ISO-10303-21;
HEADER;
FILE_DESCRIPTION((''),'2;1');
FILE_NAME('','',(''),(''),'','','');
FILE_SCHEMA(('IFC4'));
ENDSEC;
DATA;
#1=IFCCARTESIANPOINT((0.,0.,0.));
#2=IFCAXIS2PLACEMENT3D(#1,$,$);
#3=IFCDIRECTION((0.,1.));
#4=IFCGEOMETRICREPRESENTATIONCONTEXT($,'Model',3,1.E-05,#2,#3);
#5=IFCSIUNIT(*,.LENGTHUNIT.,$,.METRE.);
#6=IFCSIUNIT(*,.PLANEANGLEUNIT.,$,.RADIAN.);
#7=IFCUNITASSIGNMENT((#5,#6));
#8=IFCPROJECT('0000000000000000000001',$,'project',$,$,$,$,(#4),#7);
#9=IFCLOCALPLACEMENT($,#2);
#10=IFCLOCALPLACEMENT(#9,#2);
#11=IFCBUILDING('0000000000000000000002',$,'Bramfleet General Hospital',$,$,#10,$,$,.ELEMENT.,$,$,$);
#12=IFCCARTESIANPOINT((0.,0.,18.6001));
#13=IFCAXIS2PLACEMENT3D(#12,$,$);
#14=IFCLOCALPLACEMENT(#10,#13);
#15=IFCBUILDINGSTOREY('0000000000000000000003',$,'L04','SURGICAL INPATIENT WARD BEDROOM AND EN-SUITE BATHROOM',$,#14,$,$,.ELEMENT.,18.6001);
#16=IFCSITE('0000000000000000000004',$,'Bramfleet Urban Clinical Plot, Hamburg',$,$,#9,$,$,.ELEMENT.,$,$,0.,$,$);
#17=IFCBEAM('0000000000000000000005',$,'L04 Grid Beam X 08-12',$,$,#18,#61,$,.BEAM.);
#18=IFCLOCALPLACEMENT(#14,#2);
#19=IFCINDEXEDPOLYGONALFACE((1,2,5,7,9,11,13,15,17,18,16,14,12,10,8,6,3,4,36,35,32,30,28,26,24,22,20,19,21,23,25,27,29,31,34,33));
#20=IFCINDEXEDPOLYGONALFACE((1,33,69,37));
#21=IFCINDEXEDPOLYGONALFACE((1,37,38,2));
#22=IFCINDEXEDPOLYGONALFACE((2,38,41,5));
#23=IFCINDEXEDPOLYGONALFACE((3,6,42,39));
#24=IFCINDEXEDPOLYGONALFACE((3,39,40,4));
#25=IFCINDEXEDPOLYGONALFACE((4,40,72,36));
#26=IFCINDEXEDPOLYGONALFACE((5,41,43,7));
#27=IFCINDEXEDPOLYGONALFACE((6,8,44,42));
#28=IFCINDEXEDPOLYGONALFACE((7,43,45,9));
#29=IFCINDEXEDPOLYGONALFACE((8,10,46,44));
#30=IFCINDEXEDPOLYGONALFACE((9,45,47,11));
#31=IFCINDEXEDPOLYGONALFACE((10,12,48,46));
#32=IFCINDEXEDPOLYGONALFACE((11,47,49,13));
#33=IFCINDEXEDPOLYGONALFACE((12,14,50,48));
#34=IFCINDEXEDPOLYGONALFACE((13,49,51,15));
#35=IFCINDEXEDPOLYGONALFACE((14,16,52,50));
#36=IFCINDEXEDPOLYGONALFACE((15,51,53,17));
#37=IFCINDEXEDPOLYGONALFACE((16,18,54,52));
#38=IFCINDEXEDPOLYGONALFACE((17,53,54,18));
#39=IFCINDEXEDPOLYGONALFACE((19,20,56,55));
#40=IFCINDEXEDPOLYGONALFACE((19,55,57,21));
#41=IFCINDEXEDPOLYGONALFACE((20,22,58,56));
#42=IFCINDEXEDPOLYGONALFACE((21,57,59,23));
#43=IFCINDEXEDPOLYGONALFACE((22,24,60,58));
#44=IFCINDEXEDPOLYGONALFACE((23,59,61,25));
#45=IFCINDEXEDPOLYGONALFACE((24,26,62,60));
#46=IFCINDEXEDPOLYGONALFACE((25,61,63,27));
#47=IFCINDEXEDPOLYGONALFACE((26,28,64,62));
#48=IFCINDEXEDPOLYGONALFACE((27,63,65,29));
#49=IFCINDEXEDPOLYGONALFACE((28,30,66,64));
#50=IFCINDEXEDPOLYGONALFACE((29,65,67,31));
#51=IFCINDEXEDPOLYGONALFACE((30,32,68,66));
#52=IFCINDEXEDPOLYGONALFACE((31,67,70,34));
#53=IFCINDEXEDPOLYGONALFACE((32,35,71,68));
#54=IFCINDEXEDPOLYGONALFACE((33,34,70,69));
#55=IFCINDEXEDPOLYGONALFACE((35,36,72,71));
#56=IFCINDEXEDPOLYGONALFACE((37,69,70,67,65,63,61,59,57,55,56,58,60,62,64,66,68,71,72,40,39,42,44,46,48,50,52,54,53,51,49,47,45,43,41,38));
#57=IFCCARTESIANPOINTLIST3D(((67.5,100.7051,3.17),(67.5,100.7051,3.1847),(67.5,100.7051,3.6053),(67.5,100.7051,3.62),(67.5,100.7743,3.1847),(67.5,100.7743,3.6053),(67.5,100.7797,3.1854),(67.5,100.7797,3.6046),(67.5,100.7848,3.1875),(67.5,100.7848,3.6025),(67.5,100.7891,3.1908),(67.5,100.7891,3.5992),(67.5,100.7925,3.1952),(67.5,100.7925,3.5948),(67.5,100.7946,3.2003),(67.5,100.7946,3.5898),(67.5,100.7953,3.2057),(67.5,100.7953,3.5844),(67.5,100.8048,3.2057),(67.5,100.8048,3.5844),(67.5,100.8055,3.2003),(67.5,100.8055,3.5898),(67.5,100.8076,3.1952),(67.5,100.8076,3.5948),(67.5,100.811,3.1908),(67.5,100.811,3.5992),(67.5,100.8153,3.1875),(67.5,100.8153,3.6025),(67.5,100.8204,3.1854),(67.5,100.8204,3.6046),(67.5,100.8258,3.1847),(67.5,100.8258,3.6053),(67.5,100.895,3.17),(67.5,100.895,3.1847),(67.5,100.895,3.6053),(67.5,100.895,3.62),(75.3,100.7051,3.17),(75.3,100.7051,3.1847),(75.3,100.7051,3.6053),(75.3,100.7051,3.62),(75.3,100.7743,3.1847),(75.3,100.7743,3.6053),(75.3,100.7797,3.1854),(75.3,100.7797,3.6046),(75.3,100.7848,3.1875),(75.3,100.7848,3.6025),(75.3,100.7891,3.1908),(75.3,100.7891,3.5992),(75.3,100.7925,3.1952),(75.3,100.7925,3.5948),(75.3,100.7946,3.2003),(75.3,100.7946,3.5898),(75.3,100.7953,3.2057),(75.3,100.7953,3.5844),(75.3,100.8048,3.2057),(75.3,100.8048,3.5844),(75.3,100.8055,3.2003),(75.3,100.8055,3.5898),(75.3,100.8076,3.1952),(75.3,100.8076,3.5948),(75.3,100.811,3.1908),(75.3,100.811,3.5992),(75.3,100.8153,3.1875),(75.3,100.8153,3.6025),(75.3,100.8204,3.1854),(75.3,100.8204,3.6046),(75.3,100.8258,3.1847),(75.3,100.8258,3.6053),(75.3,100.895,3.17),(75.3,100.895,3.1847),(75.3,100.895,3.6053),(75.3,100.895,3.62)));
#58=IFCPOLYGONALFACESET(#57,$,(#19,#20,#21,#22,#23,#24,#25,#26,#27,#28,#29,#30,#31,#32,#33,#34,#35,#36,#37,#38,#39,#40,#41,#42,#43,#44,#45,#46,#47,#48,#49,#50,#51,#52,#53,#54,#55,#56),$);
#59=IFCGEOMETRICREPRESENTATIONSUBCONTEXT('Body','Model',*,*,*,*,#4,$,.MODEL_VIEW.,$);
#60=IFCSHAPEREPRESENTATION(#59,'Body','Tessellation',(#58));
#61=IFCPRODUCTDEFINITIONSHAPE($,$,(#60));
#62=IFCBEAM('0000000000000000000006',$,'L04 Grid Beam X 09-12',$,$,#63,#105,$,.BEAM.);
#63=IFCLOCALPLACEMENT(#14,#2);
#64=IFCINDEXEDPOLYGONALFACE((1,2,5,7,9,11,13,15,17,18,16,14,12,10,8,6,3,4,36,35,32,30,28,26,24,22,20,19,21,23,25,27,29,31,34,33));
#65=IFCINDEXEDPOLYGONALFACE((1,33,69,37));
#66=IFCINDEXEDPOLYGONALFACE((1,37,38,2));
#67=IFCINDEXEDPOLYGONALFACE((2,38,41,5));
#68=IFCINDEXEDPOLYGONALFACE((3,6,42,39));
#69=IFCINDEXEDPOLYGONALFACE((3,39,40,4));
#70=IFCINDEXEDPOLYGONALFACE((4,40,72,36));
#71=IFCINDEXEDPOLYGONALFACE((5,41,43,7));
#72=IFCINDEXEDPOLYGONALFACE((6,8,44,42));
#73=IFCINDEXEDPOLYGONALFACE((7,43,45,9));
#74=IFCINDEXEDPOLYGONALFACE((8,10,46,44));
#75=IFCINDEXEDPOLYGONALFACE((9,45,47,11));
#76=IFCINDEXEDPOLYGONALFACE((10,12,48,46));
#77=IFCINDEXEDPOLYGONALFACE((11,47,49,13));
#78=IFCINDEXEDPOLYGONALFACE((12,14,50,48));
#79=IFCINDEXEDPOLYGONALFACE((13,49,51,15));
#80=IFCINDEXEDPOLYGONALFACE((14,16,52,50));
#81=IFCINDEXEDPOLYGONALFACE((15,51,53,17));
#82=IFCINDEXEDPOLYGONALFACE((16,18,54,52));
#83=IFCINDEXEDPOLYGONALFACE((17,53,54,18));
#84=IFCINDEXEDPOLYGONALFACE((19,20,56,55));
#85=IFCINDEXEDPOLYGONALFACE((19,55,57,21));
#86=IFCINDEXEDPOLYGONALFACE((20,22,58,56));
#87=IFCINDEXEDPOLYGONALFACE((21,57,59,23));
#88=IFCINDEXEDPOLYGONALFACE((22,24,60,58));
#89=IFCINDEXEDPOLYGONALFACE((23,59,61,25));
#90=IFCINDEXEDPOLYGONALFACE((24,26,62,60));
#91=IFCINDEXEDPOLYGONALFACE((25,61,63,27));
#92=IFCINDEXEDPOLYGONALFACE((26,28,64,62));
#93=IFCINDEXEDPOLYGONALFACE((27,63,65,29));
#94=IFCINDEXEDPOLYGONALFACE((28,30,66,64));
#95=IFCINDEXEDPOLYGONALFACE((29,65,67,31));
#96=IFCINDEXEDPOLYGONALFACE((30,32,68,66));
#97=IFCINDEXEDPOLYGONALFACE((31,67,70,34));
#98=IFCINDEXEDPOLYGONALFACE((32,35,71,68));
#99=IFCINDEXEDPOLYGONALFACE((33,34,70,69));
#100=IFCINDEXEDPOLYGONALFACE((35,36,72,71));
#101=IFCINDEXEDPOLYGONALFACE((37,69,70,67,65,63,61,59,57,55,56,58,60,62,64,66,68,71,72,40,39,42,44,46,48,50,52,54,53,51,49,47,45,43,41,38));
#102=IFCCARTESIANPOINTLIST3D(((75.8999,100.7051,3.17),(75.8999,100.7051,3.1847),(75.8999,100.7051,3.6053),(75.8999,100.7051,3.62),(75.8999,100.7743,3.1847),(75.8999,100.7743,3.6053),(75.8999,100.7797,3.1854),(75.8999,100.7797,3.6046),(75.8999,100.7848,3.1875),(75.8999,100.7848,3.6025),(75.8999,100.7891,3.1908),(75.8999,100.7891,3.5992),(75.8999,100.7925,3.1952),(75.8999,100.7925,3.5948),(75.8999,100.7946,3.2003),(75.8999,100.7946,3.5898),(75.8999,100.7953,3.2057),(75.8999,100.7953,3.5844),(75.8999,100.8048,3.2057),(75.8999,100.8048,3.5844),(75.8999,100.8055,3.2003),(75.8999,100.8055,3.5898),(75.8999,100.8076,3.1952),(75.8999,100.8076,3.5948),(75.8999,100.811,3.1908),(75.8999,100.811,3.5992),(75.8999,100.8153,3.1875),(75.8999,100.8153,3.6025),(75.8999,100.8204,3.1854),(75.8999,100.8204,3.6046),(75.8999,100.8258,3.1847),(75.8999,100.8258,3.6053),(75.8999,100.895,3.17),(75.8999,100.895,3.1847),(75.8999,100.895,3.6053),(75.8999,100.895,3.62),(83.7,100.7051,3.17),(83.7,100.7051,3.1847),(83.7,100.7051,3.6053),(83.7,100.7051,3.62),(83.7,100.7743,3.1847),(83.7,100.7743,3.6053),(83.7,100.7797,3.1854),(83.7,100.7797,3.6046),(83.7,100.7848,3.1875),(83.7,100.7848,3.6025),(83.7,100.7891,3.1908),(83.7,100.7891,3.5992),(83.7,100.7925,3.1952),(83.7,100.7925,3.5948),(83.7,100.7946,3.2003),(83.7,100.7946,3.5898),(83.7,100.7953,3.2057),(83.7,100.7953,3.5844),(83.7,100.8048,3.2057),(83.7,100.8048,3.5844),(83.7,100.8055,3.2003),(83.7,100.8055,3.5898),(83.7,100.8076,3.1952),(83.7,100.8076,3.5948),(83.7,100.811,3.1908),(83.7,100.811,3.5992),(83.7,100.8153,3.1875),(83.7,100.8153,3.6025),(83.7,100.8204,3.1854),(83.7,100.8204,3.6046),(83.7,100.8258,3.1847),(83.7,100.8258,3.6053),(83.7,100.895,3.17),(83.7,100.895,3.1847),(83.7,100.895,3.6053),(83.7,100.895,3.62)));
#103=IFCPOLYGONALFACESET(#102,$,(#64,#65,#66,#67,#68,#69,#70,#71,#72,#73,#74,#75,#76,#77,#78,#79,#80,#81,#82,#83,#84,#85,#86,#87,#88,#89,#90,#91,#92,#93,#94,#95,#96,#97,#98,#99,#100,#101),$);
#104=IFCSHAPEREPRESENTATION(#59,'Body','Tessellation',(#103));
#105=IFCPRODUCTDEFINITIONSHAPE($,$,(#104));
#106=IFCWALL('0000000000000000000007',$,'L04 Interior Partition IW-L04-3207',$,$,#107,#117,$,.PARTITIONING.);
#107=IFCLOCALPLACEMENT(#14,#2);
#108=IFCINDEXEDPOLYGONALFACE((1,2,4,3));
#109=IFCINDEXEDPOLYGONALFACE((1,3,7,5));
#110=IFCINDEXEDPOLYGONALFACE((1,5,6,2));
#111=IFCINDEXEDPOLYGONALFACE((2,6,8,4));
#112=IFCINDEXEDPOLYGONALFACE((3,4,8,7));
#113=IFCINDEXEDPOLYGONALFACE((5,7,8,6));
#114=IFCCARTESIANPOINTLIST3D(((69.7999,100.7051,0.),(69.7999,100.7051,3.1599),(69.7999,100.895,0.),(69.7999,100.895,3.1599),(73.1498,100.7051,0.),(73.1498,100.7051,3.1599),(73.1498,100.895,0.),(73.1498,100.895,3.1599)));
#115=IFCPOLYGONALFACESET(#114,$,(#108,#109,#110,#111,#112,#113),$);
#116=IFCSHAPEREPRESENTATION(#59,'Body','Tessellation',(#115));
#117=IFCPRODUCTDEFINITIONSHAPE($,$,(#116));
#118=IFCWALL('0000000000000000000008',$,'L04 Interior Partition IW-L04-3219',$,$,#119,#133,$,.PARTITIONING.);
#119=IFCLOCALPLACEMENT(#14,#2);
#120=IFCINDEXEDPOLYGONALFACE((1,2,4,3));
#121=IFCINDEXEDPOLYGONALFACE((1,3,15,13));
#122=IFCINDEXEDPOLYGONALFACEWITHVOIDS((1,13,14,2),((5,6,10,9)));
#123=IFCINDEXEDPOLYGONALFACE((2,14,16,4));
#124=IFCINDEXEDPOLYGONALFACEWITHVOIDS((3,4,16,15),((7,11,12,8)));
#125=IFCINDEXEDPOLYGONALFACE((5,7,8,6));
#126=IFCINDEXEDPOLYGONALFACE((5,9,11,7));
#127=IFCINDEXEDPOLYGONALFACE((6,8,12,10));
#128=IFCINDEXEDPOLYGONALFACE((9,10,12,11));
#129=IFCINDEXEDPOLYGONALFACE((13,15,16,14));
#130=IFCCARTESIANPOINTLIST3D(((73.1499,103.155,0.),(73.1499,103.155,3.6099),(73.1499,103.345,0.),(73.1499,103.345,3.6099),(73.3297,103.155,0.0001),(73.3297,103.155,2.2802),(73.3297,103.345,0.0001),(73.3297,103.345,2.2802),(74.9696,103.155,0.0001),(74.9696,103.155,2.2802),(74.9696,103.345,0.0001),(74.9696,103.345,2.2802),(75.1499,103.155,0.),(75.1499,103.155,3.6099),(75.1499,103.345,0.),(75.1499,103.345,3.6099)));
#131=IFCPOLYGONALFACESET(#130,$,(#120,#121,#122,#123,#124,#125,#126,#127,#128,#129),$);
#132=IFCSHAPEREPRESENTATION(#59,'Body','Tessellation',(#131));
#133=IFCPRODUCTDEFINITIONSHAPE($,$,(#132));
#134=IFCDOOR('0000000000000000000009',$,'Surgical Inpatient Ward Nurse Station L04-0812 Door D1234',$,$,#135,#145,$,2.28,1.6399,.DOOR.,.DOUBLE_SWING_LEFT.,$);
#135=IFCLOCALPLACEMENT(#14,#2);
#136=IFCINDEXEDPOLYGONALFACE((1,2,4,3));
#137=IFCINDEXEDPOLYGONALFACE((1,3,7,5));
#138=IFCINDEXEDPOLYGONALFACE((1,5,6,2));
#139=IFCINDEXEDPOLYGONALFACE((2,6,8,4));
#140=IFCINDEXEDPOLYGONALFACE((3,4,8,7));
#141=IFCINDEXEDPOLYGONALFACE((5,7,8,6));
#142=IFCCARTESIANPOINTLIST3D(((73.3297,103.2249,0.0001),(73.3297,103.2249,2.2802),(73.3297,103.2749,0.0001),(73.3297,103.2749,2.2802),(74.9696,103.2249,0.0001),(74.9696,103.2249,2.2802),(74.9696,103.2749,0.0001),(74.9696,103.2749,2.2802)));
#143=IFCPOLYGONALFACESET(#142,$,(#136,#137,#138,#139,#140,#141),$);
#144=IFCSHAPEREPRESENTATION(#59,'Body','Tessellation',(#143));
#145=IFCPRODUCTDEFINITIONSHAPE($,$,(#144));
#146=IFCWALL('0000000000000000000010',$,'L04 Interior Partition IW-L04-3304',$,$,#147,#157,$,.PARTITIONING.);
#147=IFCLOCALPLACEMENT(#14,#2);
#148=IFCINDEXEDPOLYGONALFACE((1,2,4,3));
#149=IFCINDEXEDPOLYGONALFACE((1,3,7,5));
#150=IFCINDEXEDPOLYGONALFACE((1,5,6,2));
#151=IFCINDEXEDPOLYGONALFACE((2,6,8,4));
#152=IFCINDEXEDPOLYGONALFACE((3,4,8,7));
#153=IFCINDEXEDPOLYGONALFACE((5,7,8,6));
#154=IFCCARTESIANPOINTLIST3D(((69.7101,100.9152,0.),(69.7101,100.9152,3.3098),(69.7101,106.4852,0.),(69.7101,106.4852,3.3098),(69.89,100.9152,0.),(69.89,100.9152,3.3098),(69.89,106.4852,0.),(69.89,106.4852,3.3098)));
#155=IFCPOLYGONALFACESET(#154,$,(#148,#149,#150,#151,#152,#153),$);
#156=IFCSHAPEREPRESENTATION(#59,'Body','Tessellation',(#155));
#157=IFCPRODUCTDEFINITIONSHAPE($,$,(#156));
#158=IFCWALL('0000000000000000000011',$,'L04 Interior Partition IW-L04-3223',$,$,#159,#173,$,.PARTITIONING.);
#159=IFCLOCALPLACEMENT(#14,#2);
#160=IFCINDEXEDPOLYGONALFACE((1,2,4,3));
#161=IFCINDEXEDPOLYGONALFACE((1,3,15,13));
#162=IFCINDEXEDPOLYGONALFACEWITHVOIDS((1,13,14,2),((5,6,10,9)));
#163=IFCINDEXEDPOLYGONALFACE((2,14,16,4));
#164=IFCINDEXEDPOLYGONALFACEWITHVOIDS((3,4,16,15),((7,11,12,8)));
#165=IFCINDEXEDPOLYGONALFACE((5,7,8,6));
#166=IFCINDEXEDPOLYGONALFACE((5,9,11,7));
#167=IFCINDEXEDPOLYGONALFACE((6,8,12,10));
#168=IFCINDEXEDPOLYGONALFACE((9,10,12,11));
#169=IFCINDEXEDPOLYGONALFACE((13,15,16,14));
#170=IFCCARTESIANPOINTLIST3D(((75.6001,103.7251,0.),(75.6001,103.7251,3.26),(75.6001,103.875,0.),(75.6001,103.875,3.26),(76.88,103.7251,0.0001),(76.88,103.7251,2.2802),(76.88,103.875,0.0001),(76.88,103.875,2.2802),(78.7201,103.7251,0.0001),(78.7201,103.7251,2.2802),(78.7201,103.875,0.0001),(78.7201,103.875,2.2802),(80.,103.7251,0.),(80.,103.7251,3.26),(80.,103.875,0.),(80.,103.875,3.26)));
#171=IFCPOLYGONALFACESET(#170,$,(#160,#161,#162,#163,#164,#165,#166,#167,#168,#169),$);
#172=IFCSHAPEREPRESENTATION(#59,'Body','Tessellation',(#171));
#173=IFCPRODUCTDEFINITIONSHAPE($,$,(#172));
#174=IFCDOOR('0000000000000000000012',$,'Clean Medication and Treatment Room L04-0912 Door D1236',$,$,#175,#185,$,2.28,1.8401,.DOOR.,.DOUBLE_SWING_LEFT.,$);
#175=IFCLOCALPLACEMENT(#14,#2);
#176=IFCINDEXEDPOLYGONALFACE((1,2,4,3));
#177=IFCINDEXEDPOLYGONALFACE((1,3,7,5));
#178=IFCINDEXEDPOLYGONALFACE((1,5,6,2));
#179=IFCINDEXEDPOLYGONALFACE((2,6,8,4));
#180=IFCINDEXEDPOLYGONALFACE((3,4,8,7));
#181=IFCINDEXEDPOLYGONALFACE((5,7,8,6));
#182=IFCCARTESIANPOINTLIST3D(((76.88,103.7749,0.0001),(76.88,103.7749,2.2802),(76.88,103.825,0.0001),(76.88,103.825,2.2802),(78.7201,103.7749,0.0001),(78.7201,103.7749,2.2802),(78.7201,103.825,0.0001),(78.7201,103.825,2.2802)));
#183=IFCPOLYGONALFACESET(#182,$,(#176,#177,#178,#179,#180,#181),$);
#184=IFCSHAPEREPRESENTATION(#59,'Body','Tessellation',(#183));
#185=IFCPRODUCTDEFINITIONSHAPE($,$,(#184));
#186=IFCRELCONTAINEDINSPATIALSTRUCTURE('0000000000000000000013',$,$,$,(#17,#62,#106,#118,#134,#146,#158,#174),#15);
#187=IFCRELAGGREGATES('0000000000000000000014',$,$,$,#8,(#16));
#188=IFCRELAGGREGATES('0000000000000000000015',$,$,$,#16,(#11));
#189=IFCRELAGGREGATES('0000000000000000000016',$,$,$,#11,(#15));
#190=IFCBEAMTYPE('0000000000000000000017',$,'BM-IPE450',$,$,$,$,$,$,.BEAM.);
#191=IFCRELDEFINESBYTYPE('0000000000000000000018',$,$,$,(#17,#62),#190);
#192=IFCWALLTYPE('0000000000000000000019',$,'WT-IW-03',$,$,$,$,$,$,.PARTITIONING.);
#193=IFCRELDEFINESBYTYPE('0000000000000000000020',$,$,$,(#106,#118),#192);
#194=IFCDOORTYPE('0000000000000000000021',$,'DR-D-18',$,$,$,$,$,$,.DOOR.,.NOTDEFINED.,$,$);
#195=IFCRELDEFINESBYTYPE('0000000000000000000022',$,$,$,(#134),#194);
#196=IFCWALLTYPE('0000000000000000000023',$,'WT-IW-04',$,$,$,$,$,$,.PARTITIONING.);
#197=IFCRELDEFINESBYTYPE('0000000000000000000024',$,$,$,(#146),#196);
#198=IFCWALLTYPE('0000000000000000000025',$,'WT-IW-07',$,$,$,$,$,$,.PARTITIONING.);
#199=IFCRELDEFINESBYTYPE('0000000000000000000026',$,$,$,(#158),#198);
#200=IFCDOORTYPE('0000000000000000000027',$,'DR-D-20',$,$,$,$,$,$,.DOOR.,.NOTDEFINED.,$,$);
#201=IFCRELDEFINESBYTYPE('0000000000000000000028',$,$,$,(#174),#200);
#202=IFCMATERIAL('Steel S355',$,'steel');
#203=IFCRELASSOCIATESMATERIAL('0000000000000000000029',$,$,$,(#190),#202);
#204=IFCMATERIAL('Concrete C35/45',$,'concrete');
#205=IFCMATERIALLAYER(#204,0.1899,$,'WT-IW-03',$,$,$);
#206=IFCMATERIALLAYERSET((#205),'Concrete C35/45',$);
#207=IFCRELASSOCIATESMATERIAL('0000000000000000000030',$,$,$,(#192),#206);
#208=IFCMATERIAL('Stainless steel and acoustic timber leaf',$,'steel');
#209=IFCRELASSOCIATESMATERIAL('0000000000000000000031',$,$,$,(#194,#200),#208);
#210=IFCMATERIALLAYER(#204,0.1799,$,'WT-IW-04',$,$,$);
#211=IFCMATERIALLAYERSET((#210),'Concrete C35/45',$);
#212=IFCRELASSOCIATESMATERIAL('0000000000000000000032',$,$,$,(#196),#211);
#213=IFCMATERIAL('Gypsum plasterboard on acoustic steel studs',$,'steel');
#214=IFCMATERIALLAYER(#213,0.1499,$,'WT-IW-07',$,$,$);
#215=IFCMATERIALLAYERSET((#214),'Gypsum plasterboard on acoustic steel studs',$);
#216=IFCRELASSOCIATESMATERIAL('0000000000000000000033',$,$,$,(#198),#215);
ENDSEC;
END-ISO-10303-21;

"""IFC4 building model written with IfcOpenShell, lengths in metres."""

from ifc_helpers import new_model, si_unit, direction, frame, frame_2d, origin, origin_2d, place, context, subcontext, project, spatial, rectangle, i_section, extrude, material, layer, layer_set, material_profile, profile_set, type_object, element, fill, save


model = new_model("IFC4")

# Units and contexts
model_context = context("Model", 3, precision=1e-05, world=origin(), true_north=direction((0.0, 1.0)))
body_context = subcontext(model_context, "Body", "Model", "MODEL_VIEW")
ifc_project = project(units=[si_unit("LENGTHUNIT", "METRE"), si_unit("PLANEANGLEUNIT", "RADIAN")], contexts=[model_context])

# Site, building, storey
site_placement = place(None, origin())
site = spatial("IfcSite", under=ifc_project, at=site_placement, Name="Bramfleet Urban Clinical Plot, Hamburg", CompositionType="ELEMENT", RefElevation=0.0)
building_placement = place(site_placement, origin())
building = spatial("IfcBuilding", under=site, at=building_placement, Name="Bramfleet General Hospital", CompositionType="ELEMENT")
storey_placement = place(building_placement, frame((0.0, 0.0, 18.6001)))
storey = spatial("IfcBuildingStorey", under=building, at=storey_placement, Name="L04", Description="SURGICAL INPATIENT WARD BEDROOM AND EN-SUITE BATHROOM", CompositionType="ELEMENT", Elevation=18.6001)

# Beams
ifc_material_1 = material(Name="Steel S355", Category="steel")
ifc_material_profile_1 = material_profile(ifc_material_1, i_section(OverallWidth=0.1899, OverallDepth=0.45, WebThickness=0.0095, FlangeThickness=0.0146, FilletRadius=0.021, at=origin_2d()), Name="IPE 450")
ifc_profile_set_1 = profile_set([ifc_material_profile_1], Name="Steel S355")
beam_type_1 = type_object("IfcBeamType", Name="BM-IPE450", PredefinedType="BEAM", material=ifc_profile_set_1)
for number, where, z_axis, x_axis, name in (
    (1, (67.5, 100.8, 3.395), (1.0, 0.0, 0.0), (0.0, 1.0, 0.0), "L04 Grid Beam X 08-12"),
    (2, (75.8999, 100.8, 3.395), (1.0, 0.0, 0.0), (0.0, 1.0, 0.0), "L04 Grid Beam X 09-12"),
):
    element("IfcBeam", number, at=place(storey_placement, frame(where, z_axis=z_axis, x_axis=x_axis)), inside=storey, type_object=beam_type_1, Name=name, PredefinedType="BEAM", context=body_context, shape_type="SweptSolid", body=[
        extrude(i_section(OverallWidth=0.1899, OverallDepth=0.45, WebThickness=0.0095, FlangeThickness=0.0146, FilletRadius=0.021, at=origin_2d()), origin(), (0.0, 0.0, 1.0), 7.8),
    ])

# Wall
ifc_material_2 = material(Name="Concrete C35/45", Category="concrete")
ifc_layer_1 = layer(ifc_material_2, 0.1899, Name="WT-IW-03")
ifc_layer_set_1 = layer_set([ifc_layer_1], Name="Concrete C35/45")
wall_type_1 = type_object("IfcWallType", Name="WT-IW-03", PredefinedType="PARTITIONING", material=ifc_layer_set_1)
wall_1_placement = place(storey_placement, frame((69.8, 100.8, 0.0), z_axis=(0.0, 0.0, 1.0), x_axis=(1.0, 0.0, 0.0)))
element("IfcWall", 3, at=wall_1_placement, inside=storey, type_object=wall_type_1, Name="L04 Interior Partition IW-L04-3207", PredefinedType="PARTITIONING", context=body_context, shape_type="SweptSolid", body=[
    extrude(rectangle(XDim=3.3499, YDim=0.1899, at=frame_2d((1.6748, 0.0))), origin(), (0.0, 0.0, 1.0), 3.1599),
])

# Wall, opening, door
wall_2_placement = place(storey_placement, frame((73.1499, 103.25, 0.0), z_axis=(0.0, 0.0, 1.0), x_axis=(1.0, 0.0, 0.0)))
wall_2 = element("IfcWall", 4, at=wall_2_placement, inside=storey, type_object=wall_type_1, Name="L04 Interior Partition IW-L04-3219", PredefinedType="PARTITIONING", context=body_context, shape_type="SweptSolid", body=[
    extrude(rectangle(XDim=2.0, YDim=0.1899, at=frame_2d((1.0, 0.0))), origin(), (0.0, 0.0, 1.0), 3.6099),
])
opening_1_placement = place(wall_2_placement, frame((0.1799, 0.0, 0.0)))
opening_1 = element("IfcOpeningElement", 5, at=opening_1_placement, cuts=wall_2, PredefinedType="OPENING", context=body_context, shape_type="SweptSolid", body=[
    extrude(rectangle(XDim=1.6399, YDim=2.28, at=frame_2d((0.8198, 1.1401))), frame((0.0, 0.105, 0.0), z_axis=(0.0, -1.0, 0.0), x_axis=(1.0, 0.0, 0.0)), (0.0, 0.0, 1.0), 0.21),
])
ifc_material_3 = material(Name="Stainless steel and acoustic timber leaf", Category="steel")
door_type_1 = type_object("IfcDoorType", Name="DR-D-18", OperationType="NOTDEFINED", PredefinedType="DOOR", material=ifc_material_3)
door_1_placement = place(opening_1_placement, origin())
door_1 = element("IfcDoor", 6, at=door_1_placement, inside=storey, type_object=door_type_1, Name="Surgical Inpatient Ward Nurse Station L04-0812 Door D1234", OperationType="DOUBLE_SWING_LEFT", OverallHeight=2.28, OverallWidth=1.6399, PredefinedType="DOOR", context=body_context, shape_type="SweptSolid", body=[
    extrude(rectangle(XDim=1.6399, YDim=2.28, at=frame_2d((0.8198, 1.1401))), frame((0.0, 0.0249, 0.0), z_axis=(0.0, -1.0, 0.0), x_axis=(1.0, 0.0, 0.0)), (0.0, 0.0, 1.0), 0.05),
])
fill(opening_1, door_1)

# Wall
ifc_layer_2 = layer(ifc_material_2, 0.1799, Name="WT-IW-04")
ifc_layer_set_2 = layer_set([ifc_layer_2], Name="Concrete C35/45")
wall_type_2 = type_object("IfcWallType", Name="WT-IW-04", PredefinedType="PARTITIONING", material=ifc_layer_set_2)
wall_3_placement = place(storey_placement, frame((69.8, 100.915, 0.0), z_axis=(0.0, 0.0, 1.0), x_axis=(0.0, 1.0, 0.0)))
element("IfcWall", 7, at=wall_3_placement, inside=storey, type_object=wall_type_2, Name="L04 Interior Partition IW-L04-3304", PredefinedType="PARTITIONING", context=body_context, shape_type="SweptSolid", body=[
    extrude(rectangle(XDim=5.5701, YDim=0.1799, at=frame_2d((2.7852, 0.0))), origin(), (0.0, 0.0, 1.0), 3.3098),
])

# Wall, opening, door
ifc_material_4 = material(Name="Gypsum plasterboard on acoustic steel studs", Category="steel")
ifc_layer_3 = layer(ifc_material_4, 0.1499, Name="WT-IW-07")
ifc_layer_set_3 = layer_set([ifc_layer_3], Name="Gypsum plasterboard on acoustic steel studs")
wall_type_3 = type_object("IfcWallType", Name="WT-IW-07", PredefinedType="PARTITIONING", material=ifc_layer_set_3)
wall_4_placement = place(storey_placement, frame((75.6001, 103.8, 0.0), z_axis=(0.0, 0.0, 1.0), x_axis=(1.0, 0.0, 0.0)))
wall_4 = element("IfcWall", 8, at=wall_4_placement, inside=storey, type_object=wall_type_3, Name="L04 Interior Partition IW-L04-3223", PredefinedType="PARTITIONING", context=body_context, shape_type="SweptSolid", body=[
    extrude(rectangle(XDim=4.3999, YDim=0.1499, at=frame_2d((2.2, 0.0))), origin(), (0.0, 0.0, 1.0), 3.26),
])
opening_2_placement = place(wall_4_placement, frame((1.28, 0.0, 0.0)))
opening_2 = element("IfcOpeningElement", 9, at=opening_2_placement, cuts=wall_4, PredefinedType="OPENING", context=body_context, shape_type="SweptSolid", body=[
    extrude(rectangle(XDim=1.8401, YDim=2.28, at=frame_2d((0.9199, 1.1401))), frame((0.0, 0.085, 0.0), z_axis=(0.0, -1.0, 0.0), x_axis=(1.0, 0.0, 0.0)), (0.0, 0.0, 1.0), 0.1699),
])
door_type_2 = type_object("IfcDoorType", Name="DR-D-20", OperationType="NOTDEFINED", PredefinedType="DOOR", material=ifc_material_3)
door_2_placement = place(opening_2_placement, origin())
door_2 = element("IfcDoor", 10, at=door_2_placement, inside=storey, type_object=door_type_2, Name="Clean Medication and Treatment Room L04-0912 Door D1236", OperationType="DOUBLE_SWING_LEFT", OverallHeight=2.28, OverallWidth=1.8401, PredefinedType="DOOR", context=body_context, shape_type="SweptSolid", body=[
    extrude(rectangle(XDim=1.8401, YDim=2.28, at=frame_2d((0.9199, 1.1401))), frame((0.0, 0.0249, 0.0), z_axis=(0.0, -1.0, 0.0), x_axis=(1.0, 0.0, 0.0)), (0.0, 0.0, 1.0), 0.05),
])
fill(opening_2, door_2)

save(model, "model.ifc")
